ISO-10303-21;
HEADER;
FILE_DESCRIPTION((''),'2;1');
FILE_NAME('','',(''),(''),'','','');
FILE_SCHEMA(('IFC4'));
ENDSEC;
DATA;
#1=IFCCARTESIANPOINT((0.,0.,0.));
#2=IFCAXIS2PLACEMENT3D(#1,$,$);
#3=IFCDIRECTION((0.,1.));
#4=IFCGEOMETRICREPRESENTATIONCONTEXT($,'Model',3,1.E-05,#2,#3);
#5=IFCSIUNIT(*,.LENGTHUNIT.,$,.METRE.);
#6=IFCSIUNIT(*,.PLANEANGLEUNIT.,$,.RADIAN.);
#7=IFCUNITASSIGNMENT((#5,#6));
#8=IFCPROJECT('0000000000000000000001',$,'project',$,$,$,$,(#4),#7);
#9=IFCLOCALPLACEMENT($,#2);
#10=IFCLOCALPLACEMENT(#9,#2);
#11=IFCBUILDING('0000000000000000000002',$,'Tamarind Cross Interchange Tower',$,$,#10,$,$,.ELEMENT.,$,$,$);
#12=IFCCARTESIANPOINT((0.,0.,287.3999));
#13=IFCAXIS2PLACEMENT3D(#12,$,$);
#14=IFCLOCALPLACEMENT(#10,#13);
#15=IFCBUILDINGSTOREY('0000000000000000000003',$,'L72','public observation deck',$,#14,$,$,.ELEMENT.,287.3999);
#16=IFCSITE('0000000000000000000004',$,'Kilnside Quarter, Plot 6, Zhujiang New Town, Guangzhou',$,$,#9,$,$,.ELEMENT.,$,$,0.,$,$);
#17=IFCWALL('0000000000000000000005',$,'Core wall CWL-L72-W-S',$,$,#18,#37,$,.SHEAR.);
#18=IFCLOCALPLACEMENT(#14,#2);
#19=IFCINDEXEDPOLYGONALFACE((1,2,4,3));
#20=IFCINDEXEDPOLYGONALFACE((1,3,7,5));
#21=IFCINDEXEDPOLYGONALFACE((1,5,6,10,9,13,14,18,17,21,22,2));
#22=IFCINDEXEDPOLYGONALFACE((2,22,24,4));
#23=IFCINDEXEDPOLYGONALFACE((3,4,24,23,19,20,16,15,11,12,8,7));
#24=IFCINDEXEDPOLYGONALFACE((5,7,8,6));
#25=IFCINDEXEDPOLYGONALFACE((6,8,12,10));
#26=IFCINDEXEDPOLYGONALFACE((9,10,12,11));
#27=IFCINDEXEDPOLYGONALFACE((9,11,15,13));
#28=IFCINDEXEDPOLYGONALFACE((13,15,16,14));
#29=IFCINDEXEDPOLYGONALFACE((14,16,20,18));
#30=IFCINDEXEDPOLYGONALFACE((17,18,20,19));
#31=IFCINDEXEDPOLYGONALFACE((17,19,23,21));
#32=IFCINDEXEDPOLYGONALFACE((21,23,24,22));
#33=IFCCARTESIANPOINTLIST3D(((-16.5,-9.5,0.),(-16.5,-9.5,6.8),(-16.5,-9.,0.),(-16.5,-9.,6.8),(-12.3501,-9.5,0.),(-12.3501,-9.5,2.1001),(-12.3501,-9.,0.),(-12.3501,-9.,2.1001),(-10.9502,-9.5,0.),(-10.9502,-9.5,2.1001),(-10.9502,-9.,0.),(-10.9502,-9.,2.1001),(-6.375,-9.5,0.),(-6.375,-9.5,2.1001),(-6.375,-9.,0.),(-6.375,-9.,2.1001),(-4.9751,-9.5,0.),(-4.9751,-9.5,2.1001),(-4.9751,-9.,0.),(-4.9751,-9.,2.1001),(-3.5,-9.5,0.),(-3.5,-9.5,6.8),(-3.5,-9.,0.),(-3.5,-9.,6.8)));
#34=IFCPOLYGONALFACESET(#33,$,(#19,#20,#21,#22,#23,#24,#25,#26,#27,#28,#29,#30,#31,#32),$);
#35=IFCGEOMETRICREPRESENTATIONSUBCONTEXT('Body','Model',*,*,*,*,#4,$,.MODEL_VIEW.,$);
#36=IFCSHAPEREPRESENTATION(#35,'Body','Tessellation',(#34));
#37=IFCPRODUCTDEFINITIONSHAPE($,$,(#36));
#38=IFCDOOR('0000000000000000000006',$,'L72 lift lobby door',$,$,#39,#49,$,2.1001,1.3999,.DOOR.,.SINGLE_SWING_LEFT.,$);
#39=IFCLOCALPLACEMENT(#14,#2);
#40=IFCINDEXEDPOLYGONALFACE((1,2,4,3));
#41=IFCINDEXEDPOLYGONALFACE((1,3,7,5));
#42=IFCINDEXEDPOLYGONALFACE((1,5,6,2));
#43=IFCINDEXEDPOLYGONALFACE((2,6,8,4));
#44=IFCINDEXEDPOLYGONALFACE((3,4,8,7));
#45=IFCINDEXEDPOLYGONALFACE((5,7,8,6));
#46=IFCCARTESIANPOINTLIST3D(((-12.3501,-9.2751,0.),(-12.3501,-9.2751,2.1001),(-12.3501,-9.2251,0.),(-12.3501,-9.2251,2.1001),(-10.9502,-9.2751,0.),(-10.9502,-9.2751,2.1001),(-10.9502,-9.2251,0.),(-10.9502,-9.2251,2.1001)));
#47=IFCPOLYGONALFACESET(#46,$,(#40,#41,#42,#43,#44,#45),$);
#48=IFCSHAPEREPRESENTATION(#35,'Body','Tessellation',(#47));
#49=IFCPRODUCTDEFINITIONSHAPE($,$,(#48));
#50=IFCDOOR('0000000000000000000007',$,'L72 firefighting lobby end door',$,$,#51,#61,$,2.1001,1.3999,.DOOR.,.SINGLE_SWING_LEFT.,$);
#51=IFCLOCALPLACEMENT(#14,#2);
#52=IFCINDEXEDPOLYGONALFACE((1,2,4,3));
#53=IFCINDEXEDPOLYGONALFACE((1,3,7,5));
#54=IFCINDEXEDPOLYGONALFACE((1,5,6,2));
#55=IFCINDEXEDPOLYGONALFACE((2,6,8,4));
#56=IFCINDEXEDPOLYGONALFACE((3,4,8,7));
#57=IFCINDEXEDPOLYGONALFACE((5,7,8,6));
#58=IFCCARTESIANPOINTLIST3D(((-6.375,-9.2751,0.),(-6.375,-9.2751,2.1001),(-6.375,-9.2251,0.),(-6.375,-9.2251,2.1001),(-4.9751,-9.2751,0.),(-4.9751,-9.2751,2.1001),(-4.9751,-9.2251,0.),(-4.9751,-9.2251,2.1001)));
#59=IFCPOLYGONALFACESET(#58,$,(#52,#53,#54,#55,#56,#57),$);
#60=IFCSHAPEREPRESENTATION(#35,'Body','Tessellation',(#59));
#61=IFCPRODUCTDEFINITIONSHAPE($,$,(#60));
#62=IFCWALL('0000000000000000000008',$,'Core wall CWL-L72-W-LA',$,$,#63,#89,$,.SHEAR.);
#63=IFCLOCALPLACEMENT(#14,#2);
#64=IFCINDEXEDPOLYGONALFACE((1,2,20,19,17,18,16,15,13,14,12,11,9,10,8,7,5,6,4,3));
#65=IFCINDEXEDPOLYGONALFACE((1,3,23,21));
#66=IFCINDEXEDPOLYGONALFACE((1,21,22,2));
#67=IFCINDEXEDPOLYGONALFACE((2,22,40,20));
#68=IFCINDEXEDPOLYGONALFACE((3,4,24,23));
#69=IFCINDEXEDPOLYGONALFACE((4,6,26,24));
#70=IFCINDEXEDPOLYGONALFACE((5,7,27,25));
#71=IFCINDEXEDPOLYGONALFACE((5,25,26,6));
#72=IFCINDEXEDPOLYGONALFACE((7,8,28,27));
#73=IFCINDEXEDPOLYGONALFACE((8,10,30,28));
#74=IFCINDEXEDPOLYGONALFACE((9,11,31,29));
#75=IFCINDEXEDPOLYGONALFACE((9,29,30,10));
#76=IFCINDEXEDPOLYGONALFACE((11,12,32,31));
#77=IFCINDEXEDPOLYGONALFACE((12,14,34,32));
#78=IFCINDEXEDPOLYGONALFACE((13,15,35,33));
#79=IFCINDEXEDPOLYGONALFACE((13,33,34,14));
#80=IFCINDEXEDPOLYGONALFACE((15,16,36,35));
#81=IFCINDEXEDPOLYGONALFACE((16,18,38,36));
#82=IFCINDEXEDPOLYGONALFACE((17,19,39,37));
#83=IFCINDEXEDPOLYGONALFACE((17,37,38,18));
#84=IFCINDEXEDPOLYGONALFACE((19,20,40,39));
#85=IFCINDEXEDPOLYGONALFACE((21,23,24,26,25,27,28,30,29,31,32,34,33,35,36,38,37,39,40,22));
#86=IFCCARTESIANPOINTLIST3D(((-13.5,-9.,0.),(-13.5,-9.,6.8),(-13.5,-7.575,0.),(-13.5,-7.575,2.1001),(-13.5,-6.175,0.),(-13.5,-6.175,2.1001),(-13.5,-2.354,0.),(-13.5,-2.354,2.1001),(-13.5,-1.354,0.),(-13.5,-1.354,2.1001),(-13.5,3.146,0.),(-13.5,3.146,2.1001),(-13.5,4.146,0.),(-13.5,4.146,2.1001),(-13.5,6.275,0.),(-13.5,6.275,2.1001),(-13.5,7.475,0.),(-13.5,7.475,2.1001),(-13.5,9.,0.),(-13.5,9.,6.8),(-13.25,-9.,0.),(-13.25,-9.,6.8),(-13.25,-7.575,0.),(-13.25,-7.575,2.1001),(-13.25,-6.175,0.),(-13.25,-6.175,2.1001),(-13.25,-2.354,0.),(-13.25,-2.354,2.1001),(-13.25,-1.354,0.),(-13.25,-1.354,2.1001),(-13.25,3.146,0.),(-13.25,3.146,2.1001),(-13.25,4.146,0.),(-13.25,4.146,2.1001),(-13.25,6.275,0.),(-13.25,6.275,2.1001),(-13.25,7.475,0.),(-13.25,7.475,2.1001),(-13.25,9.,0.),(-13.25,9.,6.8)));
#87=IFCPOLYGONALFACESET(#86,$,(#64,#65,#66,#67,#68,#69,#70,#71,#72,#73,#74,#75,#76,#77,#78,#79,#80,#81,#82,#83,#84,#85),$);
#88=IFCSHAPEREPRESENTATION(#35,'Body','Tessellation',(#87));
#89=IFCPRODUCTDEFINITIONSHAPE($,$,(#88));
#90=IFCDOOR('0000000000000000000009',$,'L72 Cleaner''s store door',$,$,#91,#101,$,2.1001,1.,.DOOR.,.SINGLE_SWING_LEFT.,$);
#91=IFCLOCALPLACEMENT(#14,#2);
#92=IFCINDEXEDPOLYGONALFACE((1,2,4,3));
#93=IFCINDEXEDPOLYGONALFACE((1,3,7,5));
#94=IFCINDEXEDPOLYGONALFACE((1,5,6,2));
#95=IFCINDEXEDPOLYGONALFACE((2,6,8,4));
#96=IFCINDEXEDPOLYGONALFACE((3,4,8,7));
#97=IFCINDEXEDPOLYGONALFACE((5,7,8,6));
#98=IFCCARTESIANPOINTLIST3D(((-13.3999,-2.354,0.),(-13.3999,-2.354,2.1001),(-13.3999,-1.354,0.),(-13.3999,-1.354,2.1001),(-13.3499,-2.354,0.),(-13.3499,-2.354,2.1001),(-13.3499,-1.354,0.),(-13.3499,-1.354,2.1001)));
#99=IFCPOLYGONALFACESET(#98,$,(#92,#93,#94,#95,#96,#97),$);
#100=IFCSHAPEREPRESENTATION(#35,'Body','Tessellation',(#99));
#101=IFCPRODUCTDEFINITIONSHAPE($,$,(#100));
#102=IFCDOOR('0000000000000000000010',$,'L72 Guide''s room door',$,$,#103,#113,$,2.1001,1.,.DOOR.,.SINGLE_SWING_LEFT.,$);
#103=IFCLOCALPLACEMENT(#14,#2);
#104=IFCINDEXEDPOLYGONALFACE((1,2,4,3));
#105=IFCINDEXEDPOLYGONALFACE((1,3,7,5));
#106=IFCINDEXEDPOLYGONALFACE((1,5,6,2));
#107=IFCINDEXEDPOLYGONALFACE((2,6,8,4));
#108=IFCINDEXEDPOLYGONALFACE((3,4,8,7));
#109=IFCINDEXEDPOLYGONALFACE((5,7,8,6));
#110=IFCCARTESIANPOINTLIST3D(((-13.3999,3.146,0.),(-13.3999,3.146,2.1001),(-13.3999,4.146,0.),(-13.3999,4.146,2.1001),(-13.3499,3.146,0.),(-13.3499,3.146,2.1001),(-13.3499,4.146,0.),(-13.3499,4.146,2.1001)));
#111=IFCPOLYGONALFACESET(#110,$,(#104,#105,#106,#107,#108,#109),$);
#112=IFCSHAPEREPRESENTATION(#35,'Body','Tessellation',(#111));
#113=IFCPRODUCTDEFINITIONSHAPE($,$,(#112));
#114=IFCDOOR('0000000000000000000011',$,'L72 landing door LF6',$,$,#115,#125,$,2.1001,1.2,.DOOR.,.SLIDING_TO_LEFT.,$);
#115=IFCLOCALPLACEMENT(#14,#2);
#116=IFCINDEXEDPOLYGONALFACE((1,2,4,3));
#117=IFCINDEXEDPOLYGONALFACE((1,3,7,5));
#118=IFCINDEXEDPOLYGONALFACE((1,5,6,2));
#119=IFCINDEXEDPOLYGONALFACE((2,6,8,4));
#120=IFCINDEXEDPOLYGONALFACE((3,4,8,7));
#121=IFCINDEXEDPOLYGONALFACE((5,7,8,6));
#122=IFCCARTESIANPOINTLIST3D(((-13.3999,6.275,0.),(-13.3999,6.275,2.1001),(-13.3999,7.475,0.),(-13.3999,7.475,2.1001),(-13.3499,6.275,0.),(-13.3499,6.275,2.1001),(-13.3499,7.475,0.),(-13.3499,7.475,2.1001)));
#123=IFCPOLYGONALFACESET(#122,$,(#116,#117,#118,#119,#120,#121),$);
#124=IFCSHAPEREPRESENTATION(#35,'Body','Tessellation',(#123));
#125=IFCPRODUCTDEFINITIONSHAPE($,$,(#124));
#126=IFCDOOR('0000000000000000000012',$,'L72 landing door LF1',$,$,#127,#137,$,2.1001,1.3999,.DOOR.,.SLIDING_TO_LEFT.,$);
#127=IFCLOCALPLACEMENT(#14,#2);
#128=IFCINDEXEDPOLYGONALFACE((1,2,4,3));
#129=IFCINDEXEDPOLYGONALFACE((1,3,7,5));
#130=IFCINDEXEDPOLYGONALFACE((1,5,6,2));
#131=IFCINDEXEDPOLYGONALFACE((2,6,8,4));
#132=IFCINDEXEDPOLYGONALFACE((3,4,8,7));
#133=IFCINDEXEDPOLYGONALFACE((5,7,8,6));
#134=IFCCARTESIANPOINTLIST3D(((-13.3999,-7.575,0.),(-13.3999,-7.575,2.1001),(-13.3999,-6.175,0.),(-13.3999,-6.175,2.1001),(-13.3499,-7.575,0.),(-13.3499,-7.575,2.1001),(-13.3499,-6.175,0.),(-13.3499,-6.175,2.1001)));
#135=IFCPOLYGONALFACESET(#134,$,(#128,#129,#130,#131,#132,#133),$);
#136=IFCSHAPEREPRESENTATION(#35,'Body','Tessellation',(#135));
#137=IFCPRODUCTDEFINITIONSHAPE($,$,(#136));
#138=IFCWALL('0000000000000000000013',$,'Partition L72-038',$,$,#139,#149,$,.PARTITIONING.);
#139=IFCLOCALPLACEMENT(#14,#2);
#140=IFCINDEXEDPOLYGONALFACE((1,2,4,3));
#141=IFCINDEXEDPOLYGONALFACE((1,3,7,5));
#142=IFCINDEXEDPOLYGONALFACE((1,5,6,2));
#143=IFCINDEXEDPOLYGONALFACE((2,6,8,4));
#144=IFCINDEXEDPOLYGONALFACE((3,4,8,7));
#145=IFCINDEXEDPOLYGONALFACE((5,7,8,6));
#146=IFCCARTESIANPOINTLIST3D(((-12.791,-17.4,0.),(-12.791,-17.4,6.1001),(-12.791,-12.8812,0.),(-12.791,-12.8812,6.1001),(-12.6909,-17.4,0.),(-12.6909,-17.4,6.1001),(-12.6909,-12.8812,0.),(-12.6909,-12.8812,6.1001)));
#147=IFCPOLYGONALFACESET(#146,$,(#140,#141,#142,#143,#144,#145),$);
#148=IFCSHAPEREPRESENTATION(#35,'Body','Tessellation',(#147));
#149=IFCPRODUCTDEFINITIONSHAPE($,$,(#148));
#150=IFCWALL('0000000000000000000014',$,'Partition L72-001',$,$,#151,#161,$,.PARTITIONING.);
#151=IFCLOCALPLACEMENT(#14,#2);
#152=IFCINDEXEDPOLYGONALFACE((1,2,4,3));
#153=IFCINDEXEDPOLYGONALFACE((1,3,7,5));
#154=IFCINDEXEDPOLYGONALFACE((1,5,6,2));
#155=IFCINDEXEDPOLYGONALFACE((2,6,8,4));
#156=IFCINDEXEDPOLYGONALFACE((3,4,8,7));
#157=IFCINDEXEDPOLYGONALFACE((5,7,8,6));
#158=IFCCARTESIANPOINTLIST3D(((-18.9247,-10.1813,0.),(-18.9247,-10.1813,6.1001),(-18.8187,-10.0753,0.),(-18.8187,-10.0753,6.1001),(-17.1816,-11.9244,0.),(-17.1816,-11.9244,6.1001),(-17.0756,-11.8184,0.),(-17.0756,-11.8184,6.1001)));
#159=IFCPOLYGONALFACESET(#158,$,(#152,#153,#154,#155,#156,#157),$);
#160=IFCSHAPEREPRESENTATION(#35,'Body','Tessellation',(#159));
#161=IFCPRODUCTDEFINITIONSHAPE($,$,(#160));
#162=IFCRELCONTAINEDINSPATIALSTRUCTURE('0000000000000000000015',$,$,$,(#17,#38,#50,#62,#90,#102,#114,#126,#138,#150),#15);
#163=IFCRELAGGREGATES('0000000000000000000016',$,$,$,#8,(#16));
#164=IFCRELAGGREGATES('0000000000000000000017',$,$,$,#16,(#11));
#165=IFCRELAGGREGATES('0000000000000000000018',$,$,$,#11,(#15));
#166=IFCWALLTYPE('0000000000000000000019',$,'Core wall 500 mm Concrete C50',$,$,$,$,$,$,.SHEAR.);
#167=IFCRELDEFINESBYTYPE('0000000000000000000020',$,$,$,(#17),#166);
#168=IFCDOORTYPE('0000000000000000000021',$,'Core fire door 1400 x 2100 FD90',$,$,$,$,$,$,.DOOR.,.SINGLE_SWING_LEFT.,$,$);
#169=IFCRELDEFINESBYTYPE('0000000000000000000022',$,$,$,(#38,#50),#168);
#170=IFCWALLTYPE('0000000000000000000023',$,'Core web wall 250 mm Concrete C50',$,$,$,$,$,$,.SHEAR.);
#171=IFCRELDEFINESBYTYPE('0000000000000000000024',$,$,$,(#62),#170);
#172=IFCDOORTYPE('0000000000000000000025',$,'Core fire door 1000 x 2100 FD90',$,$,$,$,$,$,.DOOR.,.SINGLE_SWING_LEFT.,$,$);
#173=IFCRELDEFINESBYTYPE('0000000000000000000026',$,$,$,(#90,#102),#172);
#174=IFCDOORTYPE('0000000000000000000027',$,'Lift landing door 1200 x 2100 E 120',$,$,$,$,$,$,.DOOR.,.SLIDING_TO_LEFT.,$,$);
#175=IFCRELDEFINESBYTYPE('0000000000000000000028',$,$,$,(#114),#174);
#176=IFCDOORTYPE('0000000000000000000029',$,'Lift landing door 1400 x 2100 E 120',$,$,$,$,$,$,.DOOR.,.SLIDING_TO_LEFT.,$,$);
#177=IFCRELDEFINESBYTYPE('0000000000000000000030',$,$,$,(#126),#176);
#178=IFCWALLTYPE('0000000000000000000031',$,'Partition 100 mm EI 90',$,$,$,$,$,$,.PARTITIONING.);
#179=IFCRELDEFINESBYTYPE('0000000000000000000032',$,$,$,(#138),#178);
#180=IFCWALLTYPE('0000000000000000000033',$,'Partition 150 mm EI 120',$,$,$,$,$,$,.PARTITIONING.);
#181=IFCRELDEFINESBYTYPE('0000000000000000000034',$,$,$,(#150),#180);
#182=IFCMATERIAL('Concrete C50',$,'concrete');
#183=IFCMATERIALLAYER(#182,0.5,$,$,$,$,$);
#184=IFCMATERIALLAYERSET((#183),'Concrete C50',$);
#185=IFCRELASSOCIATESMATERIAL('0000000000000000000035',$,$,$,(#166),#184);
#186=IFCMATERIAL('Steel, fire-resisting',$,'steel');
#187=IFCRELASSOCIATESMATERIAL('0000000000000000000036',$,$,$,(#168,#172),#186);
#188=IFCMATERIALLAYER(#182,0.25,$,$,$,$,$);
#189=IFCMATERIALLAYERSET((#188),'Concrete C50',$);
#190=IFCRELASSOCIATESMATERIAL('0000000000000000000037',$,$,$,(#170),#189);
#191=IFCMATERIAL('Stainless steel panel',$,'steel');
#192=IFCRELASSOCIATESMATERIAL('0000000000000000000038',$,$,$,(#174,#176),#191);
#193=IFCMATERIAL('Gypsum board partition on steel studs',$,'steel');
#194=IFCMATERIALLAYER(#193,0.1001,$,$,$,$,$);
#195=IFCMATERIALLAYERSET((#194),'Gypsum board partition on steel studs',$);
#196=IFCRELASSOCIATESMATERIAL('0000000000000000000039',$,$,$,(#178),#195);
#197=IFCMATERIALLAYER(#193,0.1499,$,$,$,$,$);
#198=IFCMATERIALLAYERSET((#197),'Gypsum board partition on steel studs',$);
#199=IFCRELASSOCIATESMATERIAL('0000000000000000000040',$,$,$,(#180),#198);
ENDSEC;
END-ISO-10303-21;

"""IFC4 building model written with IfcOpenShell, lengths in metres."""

from ifc_helpers import new_model, si_unit, direction, frame, frame_2d, origin, place, context, subcontext, project, spatial, rectangle, extrude, material, layer, layer_set, type_object, element, fill, save


model = new_model("IFC4")

# Units and contexts
model_context = context("Model", 3, precision=1e-05, world=origin(), true_north=direction((0.0, 1.0)))
body_context = subcontext(model_context, "Body", "Model", "MODEL_VIEW")
ifc_project = project(units=[si_unit("LENGTHUNIT", "METRE"), si_unit("PLANEANGLEUNIT", "RADIAN")], contexts=[model_context])

# Site, building, storey
site_placement = place(None, origin())
site = spatial("IfcSite", under=ifc_project, at=site_placement, Name="Kilnside Quarter, Plot 6, Zhujiang New Town, Guangzhou", CompositionType="ELEMENT", RefElevation=0.0)
building_placement = place(site_placement, origin())
building = spatial("IfcBuilding", under=site, at=building_placement, Name="Tamarind Cross Interchange Tower", CompositionType="ELEMENT")
storey_placement = place(building_placement, frame((0.0, 0.0, 287.3999)))
storey = spatial("IfcBuildingStorey", under=building, at=storey_placement, Name="L72", Description="public observation deck", CompositionType="ELEMENT", Elevation=287.3999)

# Walls, openings, doors
ifc_material_1 = material(Name="Concrete C50", Category="concrete")
ifc_layer_1 = layer(ifc_material_1, 0.5)
ifc_layer_set_1 = layer_set([ifc_layer_1], Name="Concrete C50")
wall_type_1 = type_object("IfcWallType", Name="Core wall 500 mm Concrete C50", PredefinedType="SHEAR", material=ifc_layer_set_1)
wall_1_placement = place(storey_placement, frame((-16.5, -9.25, 0.0), z_axis=(0.0, 0.0, 1.0), x_axis=(1.0, 0.0, 0.0)))
wall_1 = element("IfcWall", 1, at=wall_1_placement, inside=storey, type_object=wall_type_1, Name="Core wall CWL-L72-W-S", PredefinedType="SHEAR", context=body_context, shape_type="SweptSolid", body=[
    extrude(rectangle(XDim=13.0, YDim=0.5, at=frame_2d((6.5, 0.0))), origin(), (0.0, 0.0, 1.0), 6.8),
])
opening_1_placement = place(wall_1_placement, frame((4.1499, 0.0, 0.0)))
opening_1 = element("IfcOpeningElement", 2, at=opening_1_placement, cuts=wall_1, PredefinedType="OPENING", context=body_context, shape_type="SweptSolid", body=[
    extrude(rectangle(XDim=1.3999, YDim=2.1001, at=frame_2d((0.7, 1.05))), frame((0.0, 0.26, 0.0), z_axis=(0.0, -1.0, 0.0), x_axis=(1.0, 0.0, 0.0)), (0.0, 0.0, 1.0), 0.52),
])
opening_2_placement = place(wall_1_placement, frame((10.125, 0.0, 0.0)))
opening_2 = element("IfcOpeningElement", 3, at=opening_2_placement, cuts=wall_1, PredefinedType="OPENING", context=body_context, shape_type="SweptSolid", body=[
    extrude(rectangle(XDim=1.3999, YDim=2.1001, at=frame_2d((0.7, 1.05))), frame((0.0, 0.26, 0.0), z_axis=(0.0, -1.0, 0.0), x_axis=(1.0, 0.0, 0.0)), (0.0, 0.0, 1.0), 0.52),
])
ifc_material_2 = material(Name="Steel, fire-resisting", Category="steel")
door_type_1 = type_object("IfcDoorType", Name="Core fire door 1400 x 2100 FD90", OperationType="SINGLE_SWING_LEFT", PredefinedType="DOOR", material=ifc_material_2)
door_1_placement = place(opening_1_placement, origin())
door_1 = element("IfcDoor", 4, at=door_1_placement, inside=storey, type_object=door_type_1, Name="L72 lift lobby door", OperationType="SINGLE_SWING_LEFT", OverallHeight=2.1001, OverallWidth=1.3999, PredefinedType="DOOR", context=body_context, shape_type="SweptSolid", body=[
    extrude(rectangle(XDim=1.3999, YDim=2.1001, at=frame_2d((0.7, 1.05))), frame((0.0, 0.0249, 0.0), z_axis=(0.0, -1.0, 0.0), x_axis=(1.0, 0.0, 0.0)), (0.0, 0.0, 1.0), 0.05),
])
fill(opening_1, door_1)
door_2_placement = place(opening_2_placement, origin())
door_2 = element("IfcDoor", 5, at=door_2_placement, inside=storey, type_object=door_type_1, Name="L72 firefighting lobby end door", OperationType="SINGLE_SWING_LEFT", OverallHeight=2.1001, OverallWidth=1.3999, PredefinedType="DOOR", context=body_context, shape_type="SweptSolid", body=[
    extrude(rectangle(XDim=1.3999, YDim=2.1001, at=frame_2d((0.7, 1.05))), frame((0.0, 0.0249, 0.0), z_axis=(0.0, -1.0, 0.0), x_axis=(1.0, 0.0, 0.0)), (0.0, 0.0, 1.0), 0.05),
])
fill(opening_2, door_2)
ifc_layer_2 = layer(ifc_material_1, 0.25)
ifc_layer_set_2 = layer_set([ifc_layer_2], Name="Concrete C50")
wall_type_2 = type_object("IfcWallType", Name="Core web wall 250 mm Concrete C50", PredefinedType="SHEAR", material=ifc_layer_set_2)
wall_2_placement = place(storey_placement, frame((-13.375, -9.0, 0.0), z_axis=(0.0, 0.0, 1.0), x_axis=(0.0, 1.0, 0.0)))
wall_2 = element("IfcWall", 6, at=wall_2_placement, inside=storey, type_object=wall_type_2, Name="Core wall CWL-L72-W-LA", PredefinedType="SHEAR", context=body_context, shape_type="SweptSolid", body=[
    extrude(rectangle(XDim=18.0, YDim=0.25, at=frame_2d((9.0, 0.0))), origin(), (0.0, 0.0, 1.0), 6.8),
])
opening_3_placement = place(wall_2_placement, frame((1.425, 0.0, 0.0)))
opening_3 = element("IfcOpeningElement", 7, at=opening_3_placement, cuts=wall_2, PredefinedType="OPENING", context=body_context, shape_type="SweptSolid", body=[
    extrude(rectangle(XDim=1.3999, YDim=2.1001, at=frame_2d((0.7, 1.05))), frame((0.0, 0.135, 0.0), z_axis=(0.0, -1.0, 0.0), x_axis=(1.0, 0.0, 0.0)), (0.0, 0.0, 1.0), 0.27),
])
opening_4_placement = place(wall_2_placement, frame((15.2749, 0.0, 0.0)))
opening_4 = element("IfcOpeningElement", 8, at=opening_4_placement, cuts=wall_2, PredefinedType="OPENING", context=body_context, shape_type="SweptSolid", body=[
    extrude(rectangle(XDim=1.2, YDim=2.1001, at=frame_2d((0.6001, 1.05))), frame((0.0, 0.135, 0.0), z_axis=(0.0, -1.0, 0.0), x_axis=(1.0, 0.0, 0.0)), (0.0, 0.0, 1.0), 0.27),
])
opening_5_placement = place(wall_2_placement, frame((6.646, 0.0, 0.0)))
opening_5 = element("IfcOpeningElement", 9, at=opening_5_placement, cuts=wall_2, PredefinedType="OPENING", context=body_context, shape_type="SweptSolid", body=[
    extrude(rectangle(XDim=1.0, YDim=2.1001, at=frame_2d((0.5, 1.05))), frame((0.0, 0.135, 0.0), z_axis=(0.0, -1.0, 0.0), x_axis=(1.0, 0.0, 0.0)), (0.0, 0.0, 1.0), 0.27),
])
opening_6_placement = place(wall_2_placement, frame((12.146, 0.0, 0.0)))
opening_6 = element("IfcOpeningElement", 10, at=opening_6_placement, cuts=wall_2, PredefinedType="OPENING", context=body_context, shape_type="SweptSolid", body=[
    extrude(rectangle(XDim=1.0, YDim=2.1001, at=frame_2d((0.5, 1.05))), frame((0.0, 0.135, 0.0), z_axis=(0.0, -1.0, 0.0), x_axis=(1.0, 0.0, 0.0)), (0.0, 0.0, 1.0), 0.27),
])
door_type_2 = type_object("IfcDoorType", Name="Core fire door 1000 x 2100 FD90", OperationType="SINGLE_SWING_LEFT", PredefinedType="DOOR", material=ifc_material_2)
door_3_placement = place(opening_5_placement, origin())
door_3 = element("IfcDoor", 11, at=door_3_placement, inside=storey, type_object=door_type_2, Name="L72 Cleaner's store door", OperationType="SINGLE_SWING_LEFT", OverallHeight=2.1001, OverallWidth=1.0, PredefinedType="DOOR", context=body_context, shape_type="SweptSolid", body=[
    extrude(rectangle(XDim=1.0, YDim=2.1001, at=frame_2d((0.5, 1.05))), frame((0.0, 0.0249, 0.0), z_axis=(0.0, -1.0, 0.0), x_axis=(1.0, 0.0, 0.0)), (0.0, 0.0, 1.0), 0.05),
])
fill(opening_5, door_3)
door_4_placement = place(opening_6_placement, origin())
door_4 = element("IfcDoor", 12, at=door_4_placement, inside=storey, type_object=door_type_2, Name="L72 Guide's room door", OperationType="SINGLE_SWING_LEFT", OverallHeight=2.1001, OverallWidth=1.0, PredefinedType="DOOR", context=body_context, shape_type="SweptSolid", body=[
    extrude(rectangle(XDim=1.0, YDim=2.1001, at=frame_2d((0.5, 1.05))), frame((0.0, 0.0249, 0.0), z_axis=(0.0, -1.0, 0.0), x_axis=(1.0, 0.0, 0.0)), (0.0, 0.0, 1.0), 0.05),
])
fill(opening_6, door_4)
ifc_material_3 = material(Name="Stainless steel panel", Category="steel")
door_type_3 = type_object("IfcDoorType", Name="Lift landing door 1200 x 2100 E 120", OperationType="SLIDING_TO_LEFT", PredefinedType="DOOR", material=ifc_material_3)
door_5_placement = place(opening_4_placement, origin())
door_5 = element("IfcDoor", 13, at=door_5_placement, inside=storey, type_object=door_type_3, Name="L72 landing door LF6", OperationType="SLIDING_TO_LEFT", OverallHeight=2.1001, OverallWidth=1.2, PredefinedType="DOOR", context=body_context, shape_type="SweptSolid", body=[
    extrude(rectangle(XDim=1.2, YDim=2.1001, at=frame_2d((0.6001, 1.05))), frame((0.0, 0.0249, 0.0), z_axis=(0.0, -1.0, 0.0), x_axis=(1.0, 0.0, 0.0)), (0.0, 0.0, 1.0), 0.05),
])
fill(opening_4, door_5)
door_type_4 = type_object("IfcDoorType", Name="Lift landing door 1400 x 2100 E 120", OperationType="SLIDING_TO_LEFT", PredefinedType="DOOR", material=ifc_material_3)
door_6_placement = place(opening_3_placement, origin())
door_6 = element("IfcDoor", 14, at=door_6_placement, inside=storey, type_object=door_type_4, Name="L72 landing door LF1", OperationType="SLIDING_TO_LEFT", OverallHeight=2.1001, OverallWidth=1.3999, PredefinedType="DOOR", context=body_context, shape_type="SweptSolid", body=[
    extrude(rectangle(XDim=1.3999, YDim=2.1001, at=frame_2d((0.7, 1.05))), frame((0.0, 0.0249, 0.0), z_axis=(0.0, -1.0, 0.0), x_axis=(1.0, 0.0, 0.0)), (0.0, 0.0, 1.0), 0.05),
])
fill(opening_3, door_6)

# Walls
ifc_material_4 = material(Name="Gypsum board partition on steel studs", Category="steel")
ifc_layer_3 = layer(ifc_material_4, 0.1001)
ifc_layer_set_3 = layer_set([ifc_layer_3], Name="Gypsum board partition on steel studs")
wall_type_3 = type_object("IfcWallType", Name="Partition 100 mm EI 90", PredefinedType="PARTITIONING", material=ifc_layer_set_3)
wall_3_placement = place(storey_placement, frame((-12.741, -17.3999, 0.0), z_axis=(0.0, 0.0, 1.0), x_axis=(0.0, 1.0, 0.0)))
element("IfcWall", 15, at=wall_3_placement, inside=storey, type_object=wall_type_3, Name="Partition L72-038", PredefinedType="PARTITIONING", context=body_context, shape_type="SweptSolid", body=[
    extrude(rectangle(XDim=4.5188, YDim=0.1001, at=frame_2d((2.2593, 0.0))), origin(), (0.0, 0.0, 1.0), 6.1001),
])
ifc_layer_4 = layer(ifc_material_4, 0.1499)
ifc_layer_set_4 = layer_set([ifc_layer_4], Name="Gypsum board partition on steel studs")
wall_type_4 = type_object("IfcWallType", Name="Partition 150 mm EI 120", PredefinedType="PARTITIONING", material=ifc_layer_set_4)
wall_4_placement = place(storey_placement, frame((-18.8716, -10.1284, 0.0), z_axis=(0.0, 0.0, 1.0), x_axis=(0.707107, -0.707107, 0.0)))
element("IfcWall", 16, at=wall_4_placement, inside=storey, type_object=wall_type_4, Name="Partition L72-001", PredefinedType="PARTITIONING", context=body_context, shape_type="SweptSolid", body=[
    extrude(rectangle(XDim=2.4651, YDim=0.1499, at=frame_2d((1.2324, 0.0))), origin(), (0.0, 0.0, 1.0), 6.1001),
])

save(model, "model.ifc")
